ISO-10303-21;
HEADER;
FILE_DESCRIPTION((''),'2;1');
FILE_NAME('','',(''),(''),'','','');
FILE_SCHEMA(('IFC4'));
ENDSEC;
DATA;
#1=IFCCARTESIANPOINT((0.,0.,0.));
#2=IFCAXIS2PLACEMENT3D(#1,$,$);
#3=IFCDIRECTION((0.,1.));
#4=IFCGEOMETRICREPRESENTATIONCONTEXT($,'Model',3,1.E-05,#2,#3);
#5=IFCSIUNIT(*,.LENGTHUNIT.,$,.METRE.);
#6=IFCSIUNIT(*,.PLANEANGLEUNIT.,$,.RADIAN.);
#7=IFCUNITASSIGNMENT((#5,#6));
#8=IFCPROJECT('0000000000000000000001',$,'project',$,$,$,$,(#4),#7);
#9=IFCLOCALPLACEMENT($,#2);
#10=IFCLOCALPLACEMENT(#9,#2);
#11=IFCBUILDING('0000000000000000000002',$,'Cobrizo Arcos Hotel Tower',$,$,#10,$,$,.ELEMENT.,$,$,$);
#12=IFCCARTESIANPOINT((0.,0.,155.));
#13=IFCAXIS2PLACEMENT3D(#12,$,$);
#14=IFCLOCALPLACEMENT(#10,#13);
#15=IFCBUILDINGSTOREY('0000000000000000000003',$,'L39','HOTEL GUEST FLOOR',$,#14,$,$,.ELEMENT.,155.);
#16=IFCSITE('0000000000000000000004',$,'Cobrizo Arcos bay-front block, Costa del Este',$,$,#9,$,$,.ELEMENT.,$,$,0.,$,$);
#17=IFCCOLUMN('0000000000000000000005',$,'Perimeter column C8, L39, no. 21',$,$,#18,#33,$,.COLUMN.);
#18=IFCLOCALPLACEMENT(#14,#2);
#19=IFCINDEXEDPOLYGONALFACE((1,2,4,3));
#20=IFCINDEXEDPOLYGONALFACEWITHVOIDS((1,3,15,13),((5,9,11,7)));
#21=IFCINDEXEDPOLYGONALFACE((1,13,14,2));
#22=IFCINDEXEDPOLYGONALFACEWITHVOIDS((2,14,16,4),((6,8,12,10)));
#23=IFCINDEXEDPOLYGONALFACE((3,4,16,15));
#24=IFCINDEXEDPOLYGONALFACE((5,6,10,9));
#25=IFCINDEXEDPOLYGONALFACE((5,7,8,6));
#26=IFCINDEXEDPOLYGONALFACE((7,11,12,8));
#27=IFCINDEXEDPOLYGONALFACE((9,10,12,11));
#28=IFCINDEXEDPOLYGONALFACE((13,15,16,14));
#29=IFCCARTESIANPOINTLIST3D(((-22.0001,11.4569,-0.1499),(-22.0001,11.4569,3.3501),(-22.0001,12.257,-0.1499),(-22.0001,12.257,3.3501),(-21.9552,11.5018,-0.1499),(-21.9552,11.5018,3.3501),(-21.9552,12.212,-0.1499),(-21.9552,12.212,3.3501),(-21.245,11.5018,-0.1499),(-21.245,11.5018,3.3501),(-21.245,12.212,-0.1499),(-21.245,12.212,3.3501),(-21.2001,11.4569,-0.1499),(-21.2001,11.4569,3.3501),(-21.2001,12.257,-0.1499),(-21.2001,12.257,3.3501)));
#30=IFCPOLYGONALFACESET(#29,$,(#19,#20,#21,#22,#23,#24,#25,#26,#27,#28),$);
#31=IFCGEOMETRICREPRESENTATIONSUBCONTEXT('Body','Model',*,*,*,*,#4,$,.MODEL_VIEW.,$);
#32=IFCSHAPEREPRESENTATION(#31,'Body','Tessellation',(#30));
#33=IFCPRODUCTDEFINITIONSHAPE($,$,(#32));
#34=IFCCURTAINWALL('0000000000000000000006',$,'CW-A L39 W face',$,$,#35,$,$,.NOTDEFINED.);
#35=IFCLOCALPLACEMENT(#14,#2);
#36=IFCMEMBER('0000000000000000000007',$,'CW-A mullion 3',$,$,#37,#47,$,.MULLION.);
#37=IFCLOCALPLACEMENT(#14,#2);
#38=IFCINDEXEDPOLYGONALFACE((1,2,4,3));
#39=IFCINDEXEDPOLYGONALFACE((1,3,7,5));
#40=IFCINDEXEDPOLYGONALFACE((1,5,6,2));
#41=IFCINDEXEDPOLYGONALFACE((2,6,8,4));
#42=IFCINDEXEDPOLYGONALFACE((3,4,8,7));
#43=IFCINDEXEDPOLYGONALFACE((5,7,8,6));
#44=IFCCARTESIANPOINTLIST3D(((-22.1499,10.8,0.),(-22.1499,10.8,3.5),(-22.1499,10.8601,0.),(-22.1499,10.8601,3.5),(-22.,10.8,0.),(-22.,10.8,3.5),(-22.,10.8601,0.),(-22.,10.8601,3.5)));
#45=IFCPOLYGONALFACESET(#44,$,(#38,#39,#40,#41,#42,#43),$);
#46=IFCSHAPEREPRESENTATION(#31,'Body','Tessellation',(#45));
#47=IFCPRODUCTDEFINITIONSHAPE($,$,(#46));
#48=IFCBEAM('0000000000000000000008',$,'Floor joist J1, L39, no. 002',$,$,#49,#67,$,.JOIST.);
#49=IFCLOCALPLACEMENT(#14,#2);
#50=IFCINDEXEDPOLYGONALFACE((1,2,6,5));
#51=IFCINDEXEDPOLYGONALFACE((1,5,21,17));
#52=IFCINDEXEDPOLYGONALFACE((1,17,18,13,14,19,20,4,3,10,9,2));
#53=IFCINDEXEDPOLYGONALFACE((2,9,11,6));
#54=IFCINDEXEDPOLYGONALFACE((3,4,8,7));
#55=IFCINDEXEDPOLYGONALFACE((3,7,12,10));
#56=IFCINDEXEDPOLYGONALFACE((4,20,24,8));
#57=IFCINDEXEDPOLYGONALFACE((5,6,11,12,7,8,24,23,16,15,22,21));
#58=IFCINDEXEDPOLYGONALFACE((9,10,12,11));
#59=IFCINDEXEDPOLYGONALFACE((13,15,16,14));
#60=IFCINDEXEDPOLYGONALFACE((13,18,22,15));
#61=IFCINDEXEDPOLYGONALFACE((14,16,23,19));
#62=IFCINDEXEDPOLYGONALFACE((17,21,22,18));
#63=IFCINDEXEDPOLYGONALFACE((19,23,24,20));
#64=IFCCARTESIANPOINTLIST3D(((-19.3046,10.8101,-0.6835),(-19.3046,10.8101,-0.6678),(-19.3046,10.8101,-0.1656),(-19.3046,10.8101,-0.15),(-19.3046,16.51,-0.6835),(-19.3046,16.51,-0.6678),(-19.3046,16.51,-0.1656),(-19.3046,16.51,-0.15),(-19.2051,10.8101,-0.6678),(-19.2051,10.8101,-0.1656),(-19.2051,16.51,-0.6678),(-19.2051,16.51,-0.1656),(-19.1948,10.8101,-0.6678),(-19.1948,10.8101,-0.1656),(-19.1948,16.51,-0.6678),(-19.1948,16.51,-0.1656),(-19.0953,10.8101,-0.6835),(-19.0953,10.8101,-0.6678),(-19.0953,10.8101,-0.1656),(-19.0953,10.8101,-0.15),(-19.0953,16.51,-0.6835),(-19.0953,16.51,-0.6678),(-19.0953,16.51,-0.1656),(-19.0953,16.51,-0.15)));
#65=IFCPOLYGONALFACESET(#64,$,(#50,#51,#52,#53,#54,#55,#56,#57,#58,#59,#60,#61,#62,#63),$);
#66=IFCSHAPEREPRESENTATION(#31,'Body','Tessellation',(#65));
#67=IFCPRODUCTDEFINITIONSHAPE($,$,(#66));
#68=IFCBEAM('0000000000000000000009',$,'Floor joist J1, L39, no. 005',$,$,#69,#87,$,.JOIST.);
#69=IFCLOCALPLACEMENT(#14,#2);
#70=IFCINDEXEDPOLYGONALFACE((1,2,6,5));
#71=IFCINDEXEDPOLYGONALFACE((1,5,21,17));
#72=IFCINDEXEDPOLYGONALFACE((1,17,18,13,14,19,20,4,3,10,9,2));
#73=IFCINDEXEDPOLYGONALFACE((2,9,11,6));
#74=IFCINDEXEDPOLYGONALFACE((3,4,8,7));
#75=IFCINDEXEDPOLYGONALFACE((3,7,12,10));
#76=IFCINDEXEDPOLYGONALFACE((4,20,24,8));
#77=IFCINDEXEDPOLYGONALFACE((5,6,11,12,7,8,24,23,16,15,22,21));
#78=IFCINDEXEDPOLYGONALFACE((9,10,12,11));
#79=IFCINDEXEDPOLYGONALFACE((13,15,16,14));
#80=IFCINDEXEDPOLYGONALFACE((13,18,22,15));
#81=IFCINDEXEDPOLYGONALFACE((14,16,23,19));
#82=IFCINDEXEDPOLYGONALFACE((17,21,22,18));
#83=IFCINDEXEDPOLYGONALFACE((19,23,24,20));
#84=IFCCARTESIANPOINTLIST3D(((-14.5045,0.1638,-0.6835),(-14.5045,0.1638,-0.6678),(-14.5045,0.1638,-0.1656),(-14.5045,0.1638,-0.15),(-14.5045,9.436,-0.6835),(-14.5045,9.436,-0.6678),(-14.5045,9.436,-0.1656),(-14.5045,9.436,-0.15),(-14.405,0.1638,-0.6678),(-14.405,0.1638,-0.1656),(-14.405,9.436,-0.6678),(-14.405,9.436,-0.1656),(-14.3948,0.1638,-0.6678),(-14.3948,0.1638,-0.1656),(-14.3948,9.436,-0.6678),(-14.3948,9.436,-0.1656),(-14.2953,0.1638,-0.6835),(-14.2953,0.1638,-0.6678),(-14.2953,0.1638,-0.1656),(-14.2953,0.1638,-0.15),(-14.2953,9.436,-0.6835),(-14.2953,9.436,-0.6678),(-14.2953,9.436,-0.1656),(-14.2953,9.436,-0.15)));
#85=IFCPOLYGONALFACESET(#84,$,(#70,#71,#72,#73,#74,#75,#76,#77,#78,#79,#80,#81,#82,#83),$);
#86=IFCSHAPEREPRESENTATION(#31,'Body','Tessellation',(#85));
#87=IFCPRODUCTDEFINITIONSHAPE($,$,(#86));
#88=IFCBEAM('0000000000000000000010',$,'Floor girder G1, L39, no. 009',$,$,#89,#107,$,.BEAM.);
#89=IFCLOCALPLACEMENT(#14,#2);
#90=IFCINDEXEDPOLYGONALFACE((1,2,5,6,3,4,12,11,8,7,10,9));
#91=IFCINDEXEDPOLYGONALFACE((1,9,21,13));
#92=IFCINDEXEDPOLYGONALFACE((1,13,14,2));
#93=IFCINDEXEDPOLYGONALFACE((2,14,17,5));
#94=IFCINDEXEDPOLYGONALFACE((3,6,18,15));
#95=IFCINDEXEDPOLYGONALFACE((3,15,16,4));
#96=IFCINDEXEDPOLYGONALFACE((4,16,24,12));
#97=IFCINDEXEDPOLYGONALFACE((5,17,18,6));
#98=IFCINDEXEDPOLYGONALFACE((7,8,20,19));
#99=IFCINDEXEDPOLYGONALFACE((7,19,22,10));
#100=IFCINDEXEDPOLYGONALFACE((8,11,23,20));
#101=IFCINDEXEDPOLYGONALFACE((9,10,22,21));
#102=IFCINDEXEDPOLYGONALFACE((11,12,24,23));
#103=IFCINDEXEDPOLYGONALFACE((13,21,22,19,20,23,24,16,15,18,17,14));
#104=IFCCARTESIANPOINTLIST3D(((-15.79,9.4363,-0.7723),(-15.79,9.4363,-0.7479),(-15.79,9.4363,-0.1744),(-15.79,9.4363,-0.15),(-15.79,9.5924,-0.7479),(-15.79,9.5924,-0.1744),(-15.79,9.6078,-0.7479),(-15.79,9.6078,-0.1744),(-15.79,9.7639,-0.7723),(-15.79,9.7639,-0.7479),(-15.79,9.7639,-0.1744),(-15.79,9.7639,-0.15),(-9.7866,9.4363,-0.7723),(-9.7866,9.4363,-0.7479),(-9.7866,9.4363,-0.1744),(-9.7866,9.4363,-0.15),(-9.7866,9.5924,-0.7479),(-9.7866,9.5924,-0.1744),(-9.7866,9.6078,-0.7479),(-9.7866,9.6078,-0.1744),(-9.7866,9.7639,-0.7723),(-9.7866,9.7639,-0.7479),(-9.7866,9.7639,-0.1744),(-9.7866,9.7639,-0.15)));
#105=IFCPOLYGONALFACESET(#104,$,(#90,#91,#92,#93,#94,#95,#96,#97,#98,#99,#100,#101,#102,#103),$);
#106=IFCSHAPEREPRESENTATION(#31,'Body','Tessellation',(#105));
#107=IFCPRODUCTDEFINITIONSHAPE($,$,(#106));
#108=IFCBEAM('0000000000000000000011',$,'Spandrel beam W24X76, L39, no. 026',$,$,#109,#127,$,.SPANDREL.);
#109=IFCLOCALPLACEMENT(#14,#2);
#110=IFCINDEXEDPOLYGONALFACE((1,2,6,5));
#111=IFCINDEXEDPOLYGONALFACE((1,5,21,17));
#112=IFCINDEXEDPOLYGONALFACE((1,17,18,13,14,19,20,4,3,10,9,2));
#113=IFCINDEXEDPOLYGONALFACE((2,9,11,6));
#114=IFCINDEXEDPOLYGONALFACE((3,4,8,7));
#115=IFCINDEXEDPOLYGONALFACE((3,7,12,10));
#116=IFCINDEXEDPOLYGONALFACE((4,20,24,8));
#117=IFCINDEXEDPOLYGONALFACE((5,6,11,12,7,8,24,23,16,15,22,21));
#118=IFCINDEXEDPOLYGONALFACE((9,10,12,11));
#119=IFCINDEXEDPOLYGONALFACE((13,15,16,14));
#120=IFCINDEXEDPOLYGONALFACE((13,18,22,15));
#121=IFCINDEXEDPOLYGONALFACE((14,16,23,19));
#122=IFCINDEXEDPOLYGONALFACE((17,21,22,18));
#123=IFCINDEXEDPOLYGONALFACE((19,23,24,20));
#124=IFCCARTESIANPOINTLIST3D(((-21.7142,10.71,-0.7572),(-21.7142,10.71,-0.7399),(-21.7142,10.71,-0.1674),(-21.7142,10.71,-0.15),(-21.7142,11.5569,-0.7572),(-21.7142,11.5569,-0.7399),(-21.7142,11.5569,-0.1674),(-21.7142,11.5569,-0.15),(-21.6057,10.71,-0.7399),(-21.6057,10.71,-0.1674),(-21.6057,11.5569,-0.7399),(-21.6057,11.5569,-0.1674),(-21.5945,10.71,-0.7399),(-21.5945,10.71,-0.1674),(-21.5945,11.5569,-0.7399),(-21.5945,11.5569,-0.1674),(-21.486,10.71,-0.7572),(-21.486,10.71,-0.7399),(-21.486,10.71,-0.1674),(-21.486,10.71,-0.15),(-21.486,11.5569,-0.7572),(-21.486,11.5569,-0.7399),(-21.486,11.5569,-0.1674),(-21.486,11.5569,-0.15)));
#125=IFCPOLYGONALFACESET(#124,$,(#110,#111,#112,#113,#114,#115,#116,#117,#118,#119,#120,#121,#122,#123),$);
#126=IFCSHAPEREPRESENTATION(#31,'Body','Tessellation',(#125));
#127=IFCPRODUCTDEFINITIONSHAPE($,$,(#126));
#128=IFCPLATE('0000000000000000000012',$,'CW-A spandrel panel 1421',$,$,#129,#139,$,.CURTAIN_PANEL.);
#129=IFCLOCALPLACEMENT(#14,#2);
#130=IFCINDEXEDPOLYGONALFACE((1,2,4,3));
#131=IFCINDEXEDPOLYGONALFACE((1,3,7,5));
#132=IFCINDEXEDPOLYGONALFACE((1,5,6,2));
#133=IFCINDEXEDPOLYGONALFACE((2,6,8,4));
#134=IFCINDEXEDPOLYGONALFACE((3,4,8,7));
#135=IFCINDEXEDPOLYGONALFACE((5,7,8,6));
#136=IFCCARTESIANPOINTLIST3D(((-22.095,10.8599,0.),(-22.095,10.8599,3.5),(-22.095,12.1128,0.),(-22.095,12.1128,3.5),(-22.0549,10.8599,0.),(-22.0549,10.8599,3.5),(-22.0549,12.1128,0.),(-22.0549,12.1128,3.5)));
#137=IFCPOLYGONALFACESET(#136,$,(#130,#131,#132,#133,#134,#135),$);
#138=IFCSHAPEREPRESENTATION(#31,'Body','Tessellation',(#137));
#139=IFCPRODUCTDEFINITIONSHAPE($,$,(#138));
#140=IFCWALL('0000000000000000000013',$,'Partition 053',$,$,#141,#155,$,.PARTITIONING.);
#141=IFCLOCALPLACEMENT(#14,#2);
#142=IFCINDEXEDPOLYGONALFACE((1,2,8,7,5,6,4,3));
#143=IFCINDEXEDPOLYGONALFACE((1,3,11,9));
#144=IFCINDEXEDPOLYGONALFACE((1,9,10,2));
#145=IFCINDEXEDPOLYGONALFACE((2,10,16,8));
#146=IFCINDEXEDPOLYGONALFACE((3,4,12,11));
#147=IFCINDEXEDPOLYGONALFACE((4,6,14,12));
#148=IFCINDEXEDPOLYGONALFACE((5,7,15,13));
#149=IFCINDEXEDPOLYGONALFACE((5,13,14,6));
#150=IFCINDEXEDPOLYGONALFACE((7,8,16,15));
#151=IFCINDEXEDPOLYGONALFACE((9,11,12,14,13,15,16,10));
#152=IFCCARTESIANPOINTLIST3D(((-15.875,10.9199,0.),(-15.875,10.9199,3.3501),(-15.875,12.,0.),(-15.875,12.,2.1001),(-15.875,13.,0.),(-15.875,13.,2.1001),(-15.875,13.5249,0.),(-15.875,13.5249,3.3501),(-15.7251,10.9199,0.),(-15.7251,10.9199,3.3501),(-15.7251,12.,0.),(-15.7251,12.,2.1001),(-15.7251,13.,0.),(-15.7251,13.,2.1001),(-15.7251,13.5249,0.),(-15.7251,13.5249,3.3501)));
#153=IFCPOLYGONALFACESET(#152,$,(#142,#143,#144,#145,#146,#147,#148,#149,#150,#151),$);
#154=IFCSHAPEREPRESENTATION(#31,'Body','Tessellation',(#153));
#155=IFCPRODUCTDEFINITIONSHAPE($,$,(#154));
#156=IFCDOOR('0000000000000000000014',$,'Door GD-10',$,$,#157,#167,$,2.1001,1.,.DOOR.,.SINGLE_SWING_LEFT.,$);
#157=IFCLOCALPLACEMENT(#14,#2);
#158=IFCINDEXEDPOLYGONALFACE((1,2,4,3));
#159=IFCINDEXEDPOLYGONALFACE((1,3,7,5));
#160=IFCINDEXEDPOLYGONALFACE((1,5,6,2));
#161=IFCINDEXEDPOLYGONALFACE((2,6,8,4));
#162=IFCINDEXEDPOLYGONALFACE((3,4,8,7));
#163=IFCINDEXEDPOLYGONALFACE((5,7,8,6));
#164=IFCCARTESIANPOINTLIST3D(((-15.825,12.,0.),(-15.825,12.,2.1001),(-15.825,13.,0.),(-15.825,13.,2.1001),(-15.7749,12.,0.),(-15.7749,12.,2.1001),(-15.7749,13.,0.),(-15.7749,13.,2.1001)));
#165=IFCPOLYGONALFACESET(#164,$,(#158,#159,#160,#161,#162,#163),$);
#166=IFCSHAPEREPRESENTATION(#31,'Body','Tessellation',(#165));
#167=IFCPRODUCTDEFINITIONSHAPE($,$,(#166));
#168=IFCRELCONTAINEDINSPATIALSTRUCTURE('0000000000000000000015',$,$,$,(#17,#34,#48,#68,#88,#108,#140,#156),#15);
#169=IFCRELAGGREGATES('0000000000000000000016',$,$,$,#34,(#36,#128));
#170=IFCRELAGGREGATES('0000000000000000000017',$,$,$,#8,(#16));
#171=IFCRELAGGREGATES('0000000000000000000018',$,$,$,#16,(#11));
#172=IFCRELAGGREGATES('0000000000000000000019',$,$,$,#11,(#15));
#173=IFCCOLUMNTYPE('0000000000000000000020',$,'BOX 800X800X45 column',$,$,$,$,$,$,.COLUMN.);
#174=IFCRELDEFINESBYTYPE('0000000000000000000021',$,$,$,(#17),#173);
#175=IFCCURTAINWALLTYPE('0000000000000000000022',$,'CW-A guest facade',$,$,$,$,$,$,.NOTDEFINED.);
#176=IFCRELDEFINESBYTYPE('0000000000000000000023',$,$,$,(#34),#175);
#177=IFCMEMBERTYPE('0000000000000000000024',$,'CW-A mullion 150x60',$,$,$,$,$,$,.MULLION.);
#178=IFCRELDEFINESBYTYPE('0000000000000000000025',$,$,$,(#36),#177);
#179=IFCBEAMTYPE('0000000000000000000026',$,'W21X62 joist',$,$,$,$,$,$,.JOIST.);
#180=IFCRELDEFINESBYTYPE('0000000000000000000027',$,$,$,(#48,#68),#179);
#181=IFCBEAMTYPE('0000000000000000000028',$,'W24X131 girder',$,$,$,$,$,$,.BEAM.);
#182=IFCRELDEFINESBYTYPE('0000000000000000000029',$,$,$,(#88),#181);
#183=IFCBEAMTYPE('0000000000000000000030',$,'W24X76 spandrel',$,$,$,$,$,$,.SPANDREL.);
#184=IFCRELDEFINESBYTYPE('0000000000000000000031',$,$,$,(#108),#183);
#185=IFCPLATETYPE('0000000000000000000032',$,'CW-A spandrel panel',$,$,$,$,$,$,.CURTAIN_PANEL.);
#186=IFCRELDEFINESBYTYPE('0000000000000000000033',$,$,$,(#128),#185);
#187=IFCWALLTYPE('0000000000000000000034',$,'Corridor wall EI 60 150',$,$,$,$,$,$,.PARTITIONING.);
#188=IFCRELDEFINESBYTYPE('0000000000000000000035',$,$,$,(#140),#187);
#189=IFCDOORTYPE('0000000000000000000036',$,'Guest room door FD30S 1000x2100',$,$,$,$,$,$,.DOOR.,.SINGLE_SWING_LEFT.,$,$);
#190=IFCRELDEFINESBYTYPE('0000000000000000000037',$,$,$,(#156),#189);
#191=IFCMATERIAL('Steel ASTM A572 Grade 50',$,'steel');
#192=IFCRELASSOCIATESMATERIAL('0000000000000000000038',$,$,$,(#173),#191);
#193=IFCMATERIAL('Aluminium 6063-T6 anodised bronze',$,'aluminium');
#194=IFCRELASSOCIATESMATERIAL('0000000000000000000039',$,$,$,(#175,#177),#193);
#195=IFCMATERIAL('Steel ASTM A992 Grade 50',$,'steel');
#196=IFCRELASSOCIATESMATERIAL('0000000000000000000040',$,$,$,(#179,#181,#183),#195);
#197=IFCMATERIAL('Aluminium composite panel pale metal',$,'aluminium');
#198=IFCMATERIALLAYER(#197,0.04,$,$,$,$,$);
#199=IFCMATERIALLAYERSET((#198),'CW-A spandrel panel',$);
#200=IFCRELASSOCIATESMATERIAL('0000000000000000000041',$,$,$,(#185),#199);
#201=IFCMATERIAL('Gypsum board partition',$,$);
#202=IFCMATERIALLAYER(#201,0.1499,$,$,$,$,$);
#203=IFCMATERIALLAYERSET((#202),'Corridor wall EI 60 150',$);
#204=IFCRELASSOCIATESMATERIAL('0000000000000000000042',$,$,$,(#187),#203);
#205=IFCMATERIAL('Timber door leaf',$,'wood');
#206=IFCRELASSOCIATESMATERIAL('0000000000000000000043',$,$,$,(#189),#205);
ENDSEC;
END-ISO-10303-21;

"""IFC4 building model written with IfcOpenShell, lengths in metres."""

from ifc_helpers import new_model, si_unit, direction, frame, frame_2d, origin, origin_2d, place, context, subcontext, project, spatial, rectangle, hollow_rectangle, i_section, extrude, material, layer, layer_set, material_profile, profile_set, type_object, element, fill, aggregate, save


model = new_model("IFC4")

# Units and contexts
model_context = context("Model", 3, precision=1e-05, world=origin(), true_north=direction((0.0, 1.0)))
body_context = subcontext(model_context, "Body", "Model", "MODEL_VIEW")
ifc_project = project(units=[si_unit("LENGTHUNIT", "METRE"), si_unit("PLANEANGLEUNIT", "RADIAN")], contexts=[model_context])

# Site, building, storey
site_placement = place(None, origin())
site = spatial("IfcSite", under=ifc_project, at=site_placement, Name="Cobrizo Arcos bay-front block, Costa del Este", CompositionType="ELEMENT", RefElevation=0.0)
building_placement = place(site_placement, origin())
building = spatial("IfcBuilding", under=site, at=building_placement, Name="Cobrizo Arcos Hotel Tower", CompositionType="ELEMENT")
storey_placement = place(building_placement, frame((0.0, 0.0, 155.0)))
storey = spatial("IfcBuildingStorey", under=building, at=storey_placement, Name="L39", Description="HOTEL GUEST FLOOR", CompositionType="ELEMENT", Elevation=155.0)

# Column
ifc_material_1 = material(Name="Steel ASTM A572 Grade 50", Category="steel")
ifc_material_profile_1 = material_profile(ifc_material_1, hollow_rectangle(XDim=0.8, YDim=0.8, WallThickness=0.0449, at=origin_2d()), Name="BOX 800X800X45")
ifc_profile_set_1 = profile_set([ifc_material_profile_1], Name="Steel ASTM A572 Grade 50")
column_type = type_object("IfcColumnType", Name="BOX 800X800X45 column", PredefinedType="COLUMN", material=ifc_profile_set_1)
column_placement = place(storey_placement, frame((-21.6001, 11.8569, -0.1499), z_axis=(0.0, 0.0, 1.0), x_axis=(1.0, 0.0, 0.0)))
element("IfcColumn", 1, at=column_placement, inside=storey, type_object=column_type, Name="Perimeter column C8, L39, no. 21", PredefinedType="COLUMN", context=body_context, shape_type="SweptSolid", body=[
    extrude(hollow_rectangle(XDim=0.8, YDim=0.8, WallThickness=0.0449, at=origin_2d()), origin(), (0.0, 0.0, 1.0), 3.5),
])

# Curtain wall, member
ifc_material_2 = material(Name="Aluminium 6063-T6 anodised bronze", Category="aluminium")
curtain_wall_type = type_object("IfcCurtainWallType", Name="CW-A guest facade", PredefinedType="NOTDEFINED", material=ifc_material_2)
curtain_wall_placement = place(storey_placement, origin())
curtain_wall = element("IfcCurtainWall", 2, at=curtain_wall_placement, inside=storey, type_object=curtain_wall_type, Name="CW-A L39 W face", PredefinedType="NOTDEFINED")
ifc_material_profile_2 = material_profile(ifc_material_2, rectangle(XDim=0.1499, YDim=0.0601, at=origin_2d()), Name="CW-A mullion 150x60")
ifc_profile_set_2 = profile_set([ifc_material_profile_2], Name="Aluminium 6063-T6 anodised bronze")
member_type = type_object("IfcMemberType", Name="CW-A mullion 150x60", PredefinedType="MULLION", material=ifc_profile_set_2)
member_placement = place(storey_placement, frame((-22.075, 10.8301, 0.0), z_axis=(0.0, 0.0, 1.0), x_axis=(-1.0, 0.0, 0.0)))
member = element("IfcMember", 3, at=member_placement, type_object=member_type, Name="CW-A mullion 3", PredefinedType="MULLION", context=body_context, shape_type="SweptSolid", body=[
    extrude(rectangle(XDim=0.1499, YDim=0.0601, at=origin_2d()), origin(), (0.0, 0.0, 1.0), 3.5),
])

# Beams
ifc_material_3 = material(Name="Steel ASTM A992 Grade 50", Category="steel")
ifc_material_profile_3 = material_profile(ifc_material_3, i_section(OverallWidth=0.2092, OverallDepth=0.5334, WebThickness=0.0103, FlangeThickness=0.0156, at=origin_2d()), Name="W21X62")
ifc_profile_set_3 = profile_set([ifc_material_profile_3], Name="Steel ASTM A992 Grade 50")
beam_type_1 = type_object("IfcBeamType", Name="W21X62 joist", PredefinedType="JOIST", material=ifc_profile_set_3)
beam_1_placement = place(storey_placement, frame((-19.2, 10.8101, -0.4167), z_axis=(0.0, 1.0, 0.0), x_axis=(-1.0, 0.0, 0.0)))
element("IfcBeam", 4, at=beam_1_placement, inside=storey, type_object=beam_type_1, Name="Floor joist J1, L39, no. 002", PredefinedType="JOIST", context=body_context, shape_type="SweptSolid", body=[
    extrude(i_section(OverallWidth=0.2092, OverallDepth=0.5334, WebThickness=0.0103, FlangeThickness=0.0156, at=origin_2d()), origin(), (0.0, 0.0, 1.0), 5.7),
])
beam_2_placement = place(storey_placement, frame((-14.3999, 0.1638, -0.4167), z_axis=(0.0, 1.0, 0.0), x_axis=(-1.0, 0.0, 0.0)))
element("IfcBeam", 5, at=beam_2_placement, inside=storey, type_object=beam_type_1, Name="Floor joist J1, L39, no. 005", PredefinedType="JOIST", context=body_context, shape_type="SweptSolid", body=[
    extrude(i_section(OverallWidth=0.2092, OverallDepth=0.5334, WebThickness=0.0103, FlangeThickness=0.0156, at=origin_2d()), origin(), (0.0, 0.0, 1.0), 9.2722),
])
ifc_material_profile_4 = material_profile(ifc_material_3, i_section(OverallWidth=0.3276, OverallDepth=0.6223, WebThickness=0.0154, FlangeThickness=0.0244, at=origin_2d()), Name="W24X131")
ifc_profile_set_4 = profile_set([ifc_material_profile_4], Name="Steel ASTM A992 Grade 50")
beam_type_2 = type_object("IfcBeamType", Name="W24X131 girder", PredefinedType="BEAM", material=ifc_profile_set_4)
beam_3_placement = place(storey_placement, frame((-15.79, 9.6001, -0.4612), z_axis=(1.0, 0.0, 0.0), x_axis=(0.0, 1.0, 0.0)))
element("IfcBeam", 6, at=beam_3_placement, inside=storey, type_object=beam_type_2, Name="Floor girder G1, L39, no. 009", PredefinedType="BEAM", context=body_context, shape_type="SweptSolid", body=[
    extrude(i_section(OverallWidth=0.3276, OverallDepth=0.6223, WebThickness=0.0154, FlangeThickness=0.0244, at=origin_2d()), origin(), (0.0, 0.0, 1.0), 6.0034),
])
ifc_material_profile_5 = material_profile(ifc_material_3, i_section(OverallWidth=0.2283, OverallDepth=0.6072, WebThickness=0.0112, FlangeThickness=0.0173, at=origin_2d()), Name="W24X76")
ifc_profile_set_5 = profile_set([ifc_material_profile_5], Name="Steel ASTM A992 Grade 50")
beam_type_3 = type_object("IfcBeamType", Name="W24X76 spandrel", PredefinedType="SPANDREL", material=ifc_profile_set_5)
beam_4_placement = place(storey_placement, frame((-21.6001, 11.5569, -0.4536), z_axis=(0.0, -1.0, 0.0), x_axis=(1.0, 0.0, 0.0)))
element("IfcBeam", 7, at=beam_4_placement, inside=storey, type_object=beam_type_3, Name="Spandrel beam W24X76, L39, no. 026", PredefinedType="SPANDREL", context=body_context, shape_type="SweptSolid", body=[
    extrude(i_section(OverallWidth=0.2283, OverallDepth=0.6072, WebThickness=0.0112, FlangeThickness=0.0173, at=origin_2d()), origin(), (0.0, 0.0, 1.0), 0.8469),
])

# Plate
ifc_material_4 = material(Name="Aluminium composite panel pale metal", Category="aluminium")
ifc_layer_1 = layer(ifc_material_4, 0.04)
ifc_layer_set_1 = layer_set([ifc_layer_1], Name="CW-A spandrel panel")
plate_type = type_object("IfcPlateType", Name="CW-A spandrel panel", PredefinedType="CURTAIN_PANEL", material=ifc_layer_set_1)
plate_placement = place(storey_placement, frame((-22.075, 11.4863, 0.0), z_axis=(0.0, 0.0, 1.0), x_axis=(0.0, -1.0, 0.0)))
plate = element("IfcPlate", 8, at=plate_placement, type_object=plate_type, Name="CW-A spandrel panel 1421", PredefinedType="CURTAIN_PANEL", context=body_context, shape_type="SweptSolid", body=[
    extrude(rectangle(XDim=1.2529, YDim=0.04, at=origin_2d()), origin(), (0.0, 0.0, 1.0), 3.5),
])
aggregate(curtain_wall, [member, plate])

# Wall, opening, door
ifc_material_5 = material(Name="Gypsum board partition")
ifc_layer_2 = layer(ifc_material_5, 0.1499)
ifc_layer_set_2 = layer_set([ifc_layer_2], Name="Corridor wall EI 60 150")
wall_type_1 = type_object("IfcWallType", Name="Corridor wall EI 60 150", PredefinedType="PARTITIONING", material=ifc_layer_set_2)
wall_1_placement = place(storey_placement, frame((-15.8, 10.9199, 0.0), z_axis=(0.0, 0.0, 1.0), x_axis=(0.0, 1.0, 0.0)))
wall_1 = element("IfcWall", 9, at=wall_1_placement, inside=storey, type_object=wall_type_1, Name="Partition 053", PredefinedType="PARTITIONING", context=body_context, shape_type="SweptSolid", body=[
    extrude(rectangle(XDim=2.605, YDim=0.1499, at=frame_2d((1.3025, 0.0))), origin(), (0.0, 0.0, 1.0), 3.3501),
])
opening_1_placement = place(wall_1_placement, frame((1.0801, 0.0, 0.0)))
opening_1 = element("IfcOpeningElement", 10, at=opening_1_placement, cuts=wall_1, PredefinedType="OPENING", context=body_context, shape_type="SweptSolid", body=[
    extrude(rectangle(XDim=1.0, YDim=2.1001, at=frame_2d((0.5, 1.05))), frame((0.0, 0.0869, 0.0), z_axis=(0.0, -1.0, 0.0), x_axis=(1.0, 0.0, 0.0)), (0.0, 0.0, 1.0), 0.1738),
])
ifc_material_6 = material(Name="Timber door leaf", Category="wood")
door_type_1 = type_object("IfcDoorType", Name="Guest room door FD30S 1000x2100", OperationType="SINGLE_SWING_LEFT", PredefinedType="DOOR", material=ifc_material_6)
door_1_placement = place(opening_1_placement, origin())
door_1 = element("IfcDoor", 11, at=door_1_placement, inside=storey, type_object=door_type_1, Name="Door GD-10", OperationType="SINGLE_SWING_LEFT", OverallHeight=2.1001, OverallWidth=1.0, PredefinedType="DOOR", context=body_context, shape_type="SweptSolid", body=[
    extrude(rectangle(XDim=1.0, YDim=2.1001, at=frame_2d((0.5, 1.05))), frame((0.0, 0.0249, 0.0), z_axis=(0.0, -1.0, 0.0), x_axis=(1.0, 0.0, 0.0)), (0.0, 0.0, 1.0), 0.05),
])
fill(opening_1, door_1)

save(model, "model.ifc")
